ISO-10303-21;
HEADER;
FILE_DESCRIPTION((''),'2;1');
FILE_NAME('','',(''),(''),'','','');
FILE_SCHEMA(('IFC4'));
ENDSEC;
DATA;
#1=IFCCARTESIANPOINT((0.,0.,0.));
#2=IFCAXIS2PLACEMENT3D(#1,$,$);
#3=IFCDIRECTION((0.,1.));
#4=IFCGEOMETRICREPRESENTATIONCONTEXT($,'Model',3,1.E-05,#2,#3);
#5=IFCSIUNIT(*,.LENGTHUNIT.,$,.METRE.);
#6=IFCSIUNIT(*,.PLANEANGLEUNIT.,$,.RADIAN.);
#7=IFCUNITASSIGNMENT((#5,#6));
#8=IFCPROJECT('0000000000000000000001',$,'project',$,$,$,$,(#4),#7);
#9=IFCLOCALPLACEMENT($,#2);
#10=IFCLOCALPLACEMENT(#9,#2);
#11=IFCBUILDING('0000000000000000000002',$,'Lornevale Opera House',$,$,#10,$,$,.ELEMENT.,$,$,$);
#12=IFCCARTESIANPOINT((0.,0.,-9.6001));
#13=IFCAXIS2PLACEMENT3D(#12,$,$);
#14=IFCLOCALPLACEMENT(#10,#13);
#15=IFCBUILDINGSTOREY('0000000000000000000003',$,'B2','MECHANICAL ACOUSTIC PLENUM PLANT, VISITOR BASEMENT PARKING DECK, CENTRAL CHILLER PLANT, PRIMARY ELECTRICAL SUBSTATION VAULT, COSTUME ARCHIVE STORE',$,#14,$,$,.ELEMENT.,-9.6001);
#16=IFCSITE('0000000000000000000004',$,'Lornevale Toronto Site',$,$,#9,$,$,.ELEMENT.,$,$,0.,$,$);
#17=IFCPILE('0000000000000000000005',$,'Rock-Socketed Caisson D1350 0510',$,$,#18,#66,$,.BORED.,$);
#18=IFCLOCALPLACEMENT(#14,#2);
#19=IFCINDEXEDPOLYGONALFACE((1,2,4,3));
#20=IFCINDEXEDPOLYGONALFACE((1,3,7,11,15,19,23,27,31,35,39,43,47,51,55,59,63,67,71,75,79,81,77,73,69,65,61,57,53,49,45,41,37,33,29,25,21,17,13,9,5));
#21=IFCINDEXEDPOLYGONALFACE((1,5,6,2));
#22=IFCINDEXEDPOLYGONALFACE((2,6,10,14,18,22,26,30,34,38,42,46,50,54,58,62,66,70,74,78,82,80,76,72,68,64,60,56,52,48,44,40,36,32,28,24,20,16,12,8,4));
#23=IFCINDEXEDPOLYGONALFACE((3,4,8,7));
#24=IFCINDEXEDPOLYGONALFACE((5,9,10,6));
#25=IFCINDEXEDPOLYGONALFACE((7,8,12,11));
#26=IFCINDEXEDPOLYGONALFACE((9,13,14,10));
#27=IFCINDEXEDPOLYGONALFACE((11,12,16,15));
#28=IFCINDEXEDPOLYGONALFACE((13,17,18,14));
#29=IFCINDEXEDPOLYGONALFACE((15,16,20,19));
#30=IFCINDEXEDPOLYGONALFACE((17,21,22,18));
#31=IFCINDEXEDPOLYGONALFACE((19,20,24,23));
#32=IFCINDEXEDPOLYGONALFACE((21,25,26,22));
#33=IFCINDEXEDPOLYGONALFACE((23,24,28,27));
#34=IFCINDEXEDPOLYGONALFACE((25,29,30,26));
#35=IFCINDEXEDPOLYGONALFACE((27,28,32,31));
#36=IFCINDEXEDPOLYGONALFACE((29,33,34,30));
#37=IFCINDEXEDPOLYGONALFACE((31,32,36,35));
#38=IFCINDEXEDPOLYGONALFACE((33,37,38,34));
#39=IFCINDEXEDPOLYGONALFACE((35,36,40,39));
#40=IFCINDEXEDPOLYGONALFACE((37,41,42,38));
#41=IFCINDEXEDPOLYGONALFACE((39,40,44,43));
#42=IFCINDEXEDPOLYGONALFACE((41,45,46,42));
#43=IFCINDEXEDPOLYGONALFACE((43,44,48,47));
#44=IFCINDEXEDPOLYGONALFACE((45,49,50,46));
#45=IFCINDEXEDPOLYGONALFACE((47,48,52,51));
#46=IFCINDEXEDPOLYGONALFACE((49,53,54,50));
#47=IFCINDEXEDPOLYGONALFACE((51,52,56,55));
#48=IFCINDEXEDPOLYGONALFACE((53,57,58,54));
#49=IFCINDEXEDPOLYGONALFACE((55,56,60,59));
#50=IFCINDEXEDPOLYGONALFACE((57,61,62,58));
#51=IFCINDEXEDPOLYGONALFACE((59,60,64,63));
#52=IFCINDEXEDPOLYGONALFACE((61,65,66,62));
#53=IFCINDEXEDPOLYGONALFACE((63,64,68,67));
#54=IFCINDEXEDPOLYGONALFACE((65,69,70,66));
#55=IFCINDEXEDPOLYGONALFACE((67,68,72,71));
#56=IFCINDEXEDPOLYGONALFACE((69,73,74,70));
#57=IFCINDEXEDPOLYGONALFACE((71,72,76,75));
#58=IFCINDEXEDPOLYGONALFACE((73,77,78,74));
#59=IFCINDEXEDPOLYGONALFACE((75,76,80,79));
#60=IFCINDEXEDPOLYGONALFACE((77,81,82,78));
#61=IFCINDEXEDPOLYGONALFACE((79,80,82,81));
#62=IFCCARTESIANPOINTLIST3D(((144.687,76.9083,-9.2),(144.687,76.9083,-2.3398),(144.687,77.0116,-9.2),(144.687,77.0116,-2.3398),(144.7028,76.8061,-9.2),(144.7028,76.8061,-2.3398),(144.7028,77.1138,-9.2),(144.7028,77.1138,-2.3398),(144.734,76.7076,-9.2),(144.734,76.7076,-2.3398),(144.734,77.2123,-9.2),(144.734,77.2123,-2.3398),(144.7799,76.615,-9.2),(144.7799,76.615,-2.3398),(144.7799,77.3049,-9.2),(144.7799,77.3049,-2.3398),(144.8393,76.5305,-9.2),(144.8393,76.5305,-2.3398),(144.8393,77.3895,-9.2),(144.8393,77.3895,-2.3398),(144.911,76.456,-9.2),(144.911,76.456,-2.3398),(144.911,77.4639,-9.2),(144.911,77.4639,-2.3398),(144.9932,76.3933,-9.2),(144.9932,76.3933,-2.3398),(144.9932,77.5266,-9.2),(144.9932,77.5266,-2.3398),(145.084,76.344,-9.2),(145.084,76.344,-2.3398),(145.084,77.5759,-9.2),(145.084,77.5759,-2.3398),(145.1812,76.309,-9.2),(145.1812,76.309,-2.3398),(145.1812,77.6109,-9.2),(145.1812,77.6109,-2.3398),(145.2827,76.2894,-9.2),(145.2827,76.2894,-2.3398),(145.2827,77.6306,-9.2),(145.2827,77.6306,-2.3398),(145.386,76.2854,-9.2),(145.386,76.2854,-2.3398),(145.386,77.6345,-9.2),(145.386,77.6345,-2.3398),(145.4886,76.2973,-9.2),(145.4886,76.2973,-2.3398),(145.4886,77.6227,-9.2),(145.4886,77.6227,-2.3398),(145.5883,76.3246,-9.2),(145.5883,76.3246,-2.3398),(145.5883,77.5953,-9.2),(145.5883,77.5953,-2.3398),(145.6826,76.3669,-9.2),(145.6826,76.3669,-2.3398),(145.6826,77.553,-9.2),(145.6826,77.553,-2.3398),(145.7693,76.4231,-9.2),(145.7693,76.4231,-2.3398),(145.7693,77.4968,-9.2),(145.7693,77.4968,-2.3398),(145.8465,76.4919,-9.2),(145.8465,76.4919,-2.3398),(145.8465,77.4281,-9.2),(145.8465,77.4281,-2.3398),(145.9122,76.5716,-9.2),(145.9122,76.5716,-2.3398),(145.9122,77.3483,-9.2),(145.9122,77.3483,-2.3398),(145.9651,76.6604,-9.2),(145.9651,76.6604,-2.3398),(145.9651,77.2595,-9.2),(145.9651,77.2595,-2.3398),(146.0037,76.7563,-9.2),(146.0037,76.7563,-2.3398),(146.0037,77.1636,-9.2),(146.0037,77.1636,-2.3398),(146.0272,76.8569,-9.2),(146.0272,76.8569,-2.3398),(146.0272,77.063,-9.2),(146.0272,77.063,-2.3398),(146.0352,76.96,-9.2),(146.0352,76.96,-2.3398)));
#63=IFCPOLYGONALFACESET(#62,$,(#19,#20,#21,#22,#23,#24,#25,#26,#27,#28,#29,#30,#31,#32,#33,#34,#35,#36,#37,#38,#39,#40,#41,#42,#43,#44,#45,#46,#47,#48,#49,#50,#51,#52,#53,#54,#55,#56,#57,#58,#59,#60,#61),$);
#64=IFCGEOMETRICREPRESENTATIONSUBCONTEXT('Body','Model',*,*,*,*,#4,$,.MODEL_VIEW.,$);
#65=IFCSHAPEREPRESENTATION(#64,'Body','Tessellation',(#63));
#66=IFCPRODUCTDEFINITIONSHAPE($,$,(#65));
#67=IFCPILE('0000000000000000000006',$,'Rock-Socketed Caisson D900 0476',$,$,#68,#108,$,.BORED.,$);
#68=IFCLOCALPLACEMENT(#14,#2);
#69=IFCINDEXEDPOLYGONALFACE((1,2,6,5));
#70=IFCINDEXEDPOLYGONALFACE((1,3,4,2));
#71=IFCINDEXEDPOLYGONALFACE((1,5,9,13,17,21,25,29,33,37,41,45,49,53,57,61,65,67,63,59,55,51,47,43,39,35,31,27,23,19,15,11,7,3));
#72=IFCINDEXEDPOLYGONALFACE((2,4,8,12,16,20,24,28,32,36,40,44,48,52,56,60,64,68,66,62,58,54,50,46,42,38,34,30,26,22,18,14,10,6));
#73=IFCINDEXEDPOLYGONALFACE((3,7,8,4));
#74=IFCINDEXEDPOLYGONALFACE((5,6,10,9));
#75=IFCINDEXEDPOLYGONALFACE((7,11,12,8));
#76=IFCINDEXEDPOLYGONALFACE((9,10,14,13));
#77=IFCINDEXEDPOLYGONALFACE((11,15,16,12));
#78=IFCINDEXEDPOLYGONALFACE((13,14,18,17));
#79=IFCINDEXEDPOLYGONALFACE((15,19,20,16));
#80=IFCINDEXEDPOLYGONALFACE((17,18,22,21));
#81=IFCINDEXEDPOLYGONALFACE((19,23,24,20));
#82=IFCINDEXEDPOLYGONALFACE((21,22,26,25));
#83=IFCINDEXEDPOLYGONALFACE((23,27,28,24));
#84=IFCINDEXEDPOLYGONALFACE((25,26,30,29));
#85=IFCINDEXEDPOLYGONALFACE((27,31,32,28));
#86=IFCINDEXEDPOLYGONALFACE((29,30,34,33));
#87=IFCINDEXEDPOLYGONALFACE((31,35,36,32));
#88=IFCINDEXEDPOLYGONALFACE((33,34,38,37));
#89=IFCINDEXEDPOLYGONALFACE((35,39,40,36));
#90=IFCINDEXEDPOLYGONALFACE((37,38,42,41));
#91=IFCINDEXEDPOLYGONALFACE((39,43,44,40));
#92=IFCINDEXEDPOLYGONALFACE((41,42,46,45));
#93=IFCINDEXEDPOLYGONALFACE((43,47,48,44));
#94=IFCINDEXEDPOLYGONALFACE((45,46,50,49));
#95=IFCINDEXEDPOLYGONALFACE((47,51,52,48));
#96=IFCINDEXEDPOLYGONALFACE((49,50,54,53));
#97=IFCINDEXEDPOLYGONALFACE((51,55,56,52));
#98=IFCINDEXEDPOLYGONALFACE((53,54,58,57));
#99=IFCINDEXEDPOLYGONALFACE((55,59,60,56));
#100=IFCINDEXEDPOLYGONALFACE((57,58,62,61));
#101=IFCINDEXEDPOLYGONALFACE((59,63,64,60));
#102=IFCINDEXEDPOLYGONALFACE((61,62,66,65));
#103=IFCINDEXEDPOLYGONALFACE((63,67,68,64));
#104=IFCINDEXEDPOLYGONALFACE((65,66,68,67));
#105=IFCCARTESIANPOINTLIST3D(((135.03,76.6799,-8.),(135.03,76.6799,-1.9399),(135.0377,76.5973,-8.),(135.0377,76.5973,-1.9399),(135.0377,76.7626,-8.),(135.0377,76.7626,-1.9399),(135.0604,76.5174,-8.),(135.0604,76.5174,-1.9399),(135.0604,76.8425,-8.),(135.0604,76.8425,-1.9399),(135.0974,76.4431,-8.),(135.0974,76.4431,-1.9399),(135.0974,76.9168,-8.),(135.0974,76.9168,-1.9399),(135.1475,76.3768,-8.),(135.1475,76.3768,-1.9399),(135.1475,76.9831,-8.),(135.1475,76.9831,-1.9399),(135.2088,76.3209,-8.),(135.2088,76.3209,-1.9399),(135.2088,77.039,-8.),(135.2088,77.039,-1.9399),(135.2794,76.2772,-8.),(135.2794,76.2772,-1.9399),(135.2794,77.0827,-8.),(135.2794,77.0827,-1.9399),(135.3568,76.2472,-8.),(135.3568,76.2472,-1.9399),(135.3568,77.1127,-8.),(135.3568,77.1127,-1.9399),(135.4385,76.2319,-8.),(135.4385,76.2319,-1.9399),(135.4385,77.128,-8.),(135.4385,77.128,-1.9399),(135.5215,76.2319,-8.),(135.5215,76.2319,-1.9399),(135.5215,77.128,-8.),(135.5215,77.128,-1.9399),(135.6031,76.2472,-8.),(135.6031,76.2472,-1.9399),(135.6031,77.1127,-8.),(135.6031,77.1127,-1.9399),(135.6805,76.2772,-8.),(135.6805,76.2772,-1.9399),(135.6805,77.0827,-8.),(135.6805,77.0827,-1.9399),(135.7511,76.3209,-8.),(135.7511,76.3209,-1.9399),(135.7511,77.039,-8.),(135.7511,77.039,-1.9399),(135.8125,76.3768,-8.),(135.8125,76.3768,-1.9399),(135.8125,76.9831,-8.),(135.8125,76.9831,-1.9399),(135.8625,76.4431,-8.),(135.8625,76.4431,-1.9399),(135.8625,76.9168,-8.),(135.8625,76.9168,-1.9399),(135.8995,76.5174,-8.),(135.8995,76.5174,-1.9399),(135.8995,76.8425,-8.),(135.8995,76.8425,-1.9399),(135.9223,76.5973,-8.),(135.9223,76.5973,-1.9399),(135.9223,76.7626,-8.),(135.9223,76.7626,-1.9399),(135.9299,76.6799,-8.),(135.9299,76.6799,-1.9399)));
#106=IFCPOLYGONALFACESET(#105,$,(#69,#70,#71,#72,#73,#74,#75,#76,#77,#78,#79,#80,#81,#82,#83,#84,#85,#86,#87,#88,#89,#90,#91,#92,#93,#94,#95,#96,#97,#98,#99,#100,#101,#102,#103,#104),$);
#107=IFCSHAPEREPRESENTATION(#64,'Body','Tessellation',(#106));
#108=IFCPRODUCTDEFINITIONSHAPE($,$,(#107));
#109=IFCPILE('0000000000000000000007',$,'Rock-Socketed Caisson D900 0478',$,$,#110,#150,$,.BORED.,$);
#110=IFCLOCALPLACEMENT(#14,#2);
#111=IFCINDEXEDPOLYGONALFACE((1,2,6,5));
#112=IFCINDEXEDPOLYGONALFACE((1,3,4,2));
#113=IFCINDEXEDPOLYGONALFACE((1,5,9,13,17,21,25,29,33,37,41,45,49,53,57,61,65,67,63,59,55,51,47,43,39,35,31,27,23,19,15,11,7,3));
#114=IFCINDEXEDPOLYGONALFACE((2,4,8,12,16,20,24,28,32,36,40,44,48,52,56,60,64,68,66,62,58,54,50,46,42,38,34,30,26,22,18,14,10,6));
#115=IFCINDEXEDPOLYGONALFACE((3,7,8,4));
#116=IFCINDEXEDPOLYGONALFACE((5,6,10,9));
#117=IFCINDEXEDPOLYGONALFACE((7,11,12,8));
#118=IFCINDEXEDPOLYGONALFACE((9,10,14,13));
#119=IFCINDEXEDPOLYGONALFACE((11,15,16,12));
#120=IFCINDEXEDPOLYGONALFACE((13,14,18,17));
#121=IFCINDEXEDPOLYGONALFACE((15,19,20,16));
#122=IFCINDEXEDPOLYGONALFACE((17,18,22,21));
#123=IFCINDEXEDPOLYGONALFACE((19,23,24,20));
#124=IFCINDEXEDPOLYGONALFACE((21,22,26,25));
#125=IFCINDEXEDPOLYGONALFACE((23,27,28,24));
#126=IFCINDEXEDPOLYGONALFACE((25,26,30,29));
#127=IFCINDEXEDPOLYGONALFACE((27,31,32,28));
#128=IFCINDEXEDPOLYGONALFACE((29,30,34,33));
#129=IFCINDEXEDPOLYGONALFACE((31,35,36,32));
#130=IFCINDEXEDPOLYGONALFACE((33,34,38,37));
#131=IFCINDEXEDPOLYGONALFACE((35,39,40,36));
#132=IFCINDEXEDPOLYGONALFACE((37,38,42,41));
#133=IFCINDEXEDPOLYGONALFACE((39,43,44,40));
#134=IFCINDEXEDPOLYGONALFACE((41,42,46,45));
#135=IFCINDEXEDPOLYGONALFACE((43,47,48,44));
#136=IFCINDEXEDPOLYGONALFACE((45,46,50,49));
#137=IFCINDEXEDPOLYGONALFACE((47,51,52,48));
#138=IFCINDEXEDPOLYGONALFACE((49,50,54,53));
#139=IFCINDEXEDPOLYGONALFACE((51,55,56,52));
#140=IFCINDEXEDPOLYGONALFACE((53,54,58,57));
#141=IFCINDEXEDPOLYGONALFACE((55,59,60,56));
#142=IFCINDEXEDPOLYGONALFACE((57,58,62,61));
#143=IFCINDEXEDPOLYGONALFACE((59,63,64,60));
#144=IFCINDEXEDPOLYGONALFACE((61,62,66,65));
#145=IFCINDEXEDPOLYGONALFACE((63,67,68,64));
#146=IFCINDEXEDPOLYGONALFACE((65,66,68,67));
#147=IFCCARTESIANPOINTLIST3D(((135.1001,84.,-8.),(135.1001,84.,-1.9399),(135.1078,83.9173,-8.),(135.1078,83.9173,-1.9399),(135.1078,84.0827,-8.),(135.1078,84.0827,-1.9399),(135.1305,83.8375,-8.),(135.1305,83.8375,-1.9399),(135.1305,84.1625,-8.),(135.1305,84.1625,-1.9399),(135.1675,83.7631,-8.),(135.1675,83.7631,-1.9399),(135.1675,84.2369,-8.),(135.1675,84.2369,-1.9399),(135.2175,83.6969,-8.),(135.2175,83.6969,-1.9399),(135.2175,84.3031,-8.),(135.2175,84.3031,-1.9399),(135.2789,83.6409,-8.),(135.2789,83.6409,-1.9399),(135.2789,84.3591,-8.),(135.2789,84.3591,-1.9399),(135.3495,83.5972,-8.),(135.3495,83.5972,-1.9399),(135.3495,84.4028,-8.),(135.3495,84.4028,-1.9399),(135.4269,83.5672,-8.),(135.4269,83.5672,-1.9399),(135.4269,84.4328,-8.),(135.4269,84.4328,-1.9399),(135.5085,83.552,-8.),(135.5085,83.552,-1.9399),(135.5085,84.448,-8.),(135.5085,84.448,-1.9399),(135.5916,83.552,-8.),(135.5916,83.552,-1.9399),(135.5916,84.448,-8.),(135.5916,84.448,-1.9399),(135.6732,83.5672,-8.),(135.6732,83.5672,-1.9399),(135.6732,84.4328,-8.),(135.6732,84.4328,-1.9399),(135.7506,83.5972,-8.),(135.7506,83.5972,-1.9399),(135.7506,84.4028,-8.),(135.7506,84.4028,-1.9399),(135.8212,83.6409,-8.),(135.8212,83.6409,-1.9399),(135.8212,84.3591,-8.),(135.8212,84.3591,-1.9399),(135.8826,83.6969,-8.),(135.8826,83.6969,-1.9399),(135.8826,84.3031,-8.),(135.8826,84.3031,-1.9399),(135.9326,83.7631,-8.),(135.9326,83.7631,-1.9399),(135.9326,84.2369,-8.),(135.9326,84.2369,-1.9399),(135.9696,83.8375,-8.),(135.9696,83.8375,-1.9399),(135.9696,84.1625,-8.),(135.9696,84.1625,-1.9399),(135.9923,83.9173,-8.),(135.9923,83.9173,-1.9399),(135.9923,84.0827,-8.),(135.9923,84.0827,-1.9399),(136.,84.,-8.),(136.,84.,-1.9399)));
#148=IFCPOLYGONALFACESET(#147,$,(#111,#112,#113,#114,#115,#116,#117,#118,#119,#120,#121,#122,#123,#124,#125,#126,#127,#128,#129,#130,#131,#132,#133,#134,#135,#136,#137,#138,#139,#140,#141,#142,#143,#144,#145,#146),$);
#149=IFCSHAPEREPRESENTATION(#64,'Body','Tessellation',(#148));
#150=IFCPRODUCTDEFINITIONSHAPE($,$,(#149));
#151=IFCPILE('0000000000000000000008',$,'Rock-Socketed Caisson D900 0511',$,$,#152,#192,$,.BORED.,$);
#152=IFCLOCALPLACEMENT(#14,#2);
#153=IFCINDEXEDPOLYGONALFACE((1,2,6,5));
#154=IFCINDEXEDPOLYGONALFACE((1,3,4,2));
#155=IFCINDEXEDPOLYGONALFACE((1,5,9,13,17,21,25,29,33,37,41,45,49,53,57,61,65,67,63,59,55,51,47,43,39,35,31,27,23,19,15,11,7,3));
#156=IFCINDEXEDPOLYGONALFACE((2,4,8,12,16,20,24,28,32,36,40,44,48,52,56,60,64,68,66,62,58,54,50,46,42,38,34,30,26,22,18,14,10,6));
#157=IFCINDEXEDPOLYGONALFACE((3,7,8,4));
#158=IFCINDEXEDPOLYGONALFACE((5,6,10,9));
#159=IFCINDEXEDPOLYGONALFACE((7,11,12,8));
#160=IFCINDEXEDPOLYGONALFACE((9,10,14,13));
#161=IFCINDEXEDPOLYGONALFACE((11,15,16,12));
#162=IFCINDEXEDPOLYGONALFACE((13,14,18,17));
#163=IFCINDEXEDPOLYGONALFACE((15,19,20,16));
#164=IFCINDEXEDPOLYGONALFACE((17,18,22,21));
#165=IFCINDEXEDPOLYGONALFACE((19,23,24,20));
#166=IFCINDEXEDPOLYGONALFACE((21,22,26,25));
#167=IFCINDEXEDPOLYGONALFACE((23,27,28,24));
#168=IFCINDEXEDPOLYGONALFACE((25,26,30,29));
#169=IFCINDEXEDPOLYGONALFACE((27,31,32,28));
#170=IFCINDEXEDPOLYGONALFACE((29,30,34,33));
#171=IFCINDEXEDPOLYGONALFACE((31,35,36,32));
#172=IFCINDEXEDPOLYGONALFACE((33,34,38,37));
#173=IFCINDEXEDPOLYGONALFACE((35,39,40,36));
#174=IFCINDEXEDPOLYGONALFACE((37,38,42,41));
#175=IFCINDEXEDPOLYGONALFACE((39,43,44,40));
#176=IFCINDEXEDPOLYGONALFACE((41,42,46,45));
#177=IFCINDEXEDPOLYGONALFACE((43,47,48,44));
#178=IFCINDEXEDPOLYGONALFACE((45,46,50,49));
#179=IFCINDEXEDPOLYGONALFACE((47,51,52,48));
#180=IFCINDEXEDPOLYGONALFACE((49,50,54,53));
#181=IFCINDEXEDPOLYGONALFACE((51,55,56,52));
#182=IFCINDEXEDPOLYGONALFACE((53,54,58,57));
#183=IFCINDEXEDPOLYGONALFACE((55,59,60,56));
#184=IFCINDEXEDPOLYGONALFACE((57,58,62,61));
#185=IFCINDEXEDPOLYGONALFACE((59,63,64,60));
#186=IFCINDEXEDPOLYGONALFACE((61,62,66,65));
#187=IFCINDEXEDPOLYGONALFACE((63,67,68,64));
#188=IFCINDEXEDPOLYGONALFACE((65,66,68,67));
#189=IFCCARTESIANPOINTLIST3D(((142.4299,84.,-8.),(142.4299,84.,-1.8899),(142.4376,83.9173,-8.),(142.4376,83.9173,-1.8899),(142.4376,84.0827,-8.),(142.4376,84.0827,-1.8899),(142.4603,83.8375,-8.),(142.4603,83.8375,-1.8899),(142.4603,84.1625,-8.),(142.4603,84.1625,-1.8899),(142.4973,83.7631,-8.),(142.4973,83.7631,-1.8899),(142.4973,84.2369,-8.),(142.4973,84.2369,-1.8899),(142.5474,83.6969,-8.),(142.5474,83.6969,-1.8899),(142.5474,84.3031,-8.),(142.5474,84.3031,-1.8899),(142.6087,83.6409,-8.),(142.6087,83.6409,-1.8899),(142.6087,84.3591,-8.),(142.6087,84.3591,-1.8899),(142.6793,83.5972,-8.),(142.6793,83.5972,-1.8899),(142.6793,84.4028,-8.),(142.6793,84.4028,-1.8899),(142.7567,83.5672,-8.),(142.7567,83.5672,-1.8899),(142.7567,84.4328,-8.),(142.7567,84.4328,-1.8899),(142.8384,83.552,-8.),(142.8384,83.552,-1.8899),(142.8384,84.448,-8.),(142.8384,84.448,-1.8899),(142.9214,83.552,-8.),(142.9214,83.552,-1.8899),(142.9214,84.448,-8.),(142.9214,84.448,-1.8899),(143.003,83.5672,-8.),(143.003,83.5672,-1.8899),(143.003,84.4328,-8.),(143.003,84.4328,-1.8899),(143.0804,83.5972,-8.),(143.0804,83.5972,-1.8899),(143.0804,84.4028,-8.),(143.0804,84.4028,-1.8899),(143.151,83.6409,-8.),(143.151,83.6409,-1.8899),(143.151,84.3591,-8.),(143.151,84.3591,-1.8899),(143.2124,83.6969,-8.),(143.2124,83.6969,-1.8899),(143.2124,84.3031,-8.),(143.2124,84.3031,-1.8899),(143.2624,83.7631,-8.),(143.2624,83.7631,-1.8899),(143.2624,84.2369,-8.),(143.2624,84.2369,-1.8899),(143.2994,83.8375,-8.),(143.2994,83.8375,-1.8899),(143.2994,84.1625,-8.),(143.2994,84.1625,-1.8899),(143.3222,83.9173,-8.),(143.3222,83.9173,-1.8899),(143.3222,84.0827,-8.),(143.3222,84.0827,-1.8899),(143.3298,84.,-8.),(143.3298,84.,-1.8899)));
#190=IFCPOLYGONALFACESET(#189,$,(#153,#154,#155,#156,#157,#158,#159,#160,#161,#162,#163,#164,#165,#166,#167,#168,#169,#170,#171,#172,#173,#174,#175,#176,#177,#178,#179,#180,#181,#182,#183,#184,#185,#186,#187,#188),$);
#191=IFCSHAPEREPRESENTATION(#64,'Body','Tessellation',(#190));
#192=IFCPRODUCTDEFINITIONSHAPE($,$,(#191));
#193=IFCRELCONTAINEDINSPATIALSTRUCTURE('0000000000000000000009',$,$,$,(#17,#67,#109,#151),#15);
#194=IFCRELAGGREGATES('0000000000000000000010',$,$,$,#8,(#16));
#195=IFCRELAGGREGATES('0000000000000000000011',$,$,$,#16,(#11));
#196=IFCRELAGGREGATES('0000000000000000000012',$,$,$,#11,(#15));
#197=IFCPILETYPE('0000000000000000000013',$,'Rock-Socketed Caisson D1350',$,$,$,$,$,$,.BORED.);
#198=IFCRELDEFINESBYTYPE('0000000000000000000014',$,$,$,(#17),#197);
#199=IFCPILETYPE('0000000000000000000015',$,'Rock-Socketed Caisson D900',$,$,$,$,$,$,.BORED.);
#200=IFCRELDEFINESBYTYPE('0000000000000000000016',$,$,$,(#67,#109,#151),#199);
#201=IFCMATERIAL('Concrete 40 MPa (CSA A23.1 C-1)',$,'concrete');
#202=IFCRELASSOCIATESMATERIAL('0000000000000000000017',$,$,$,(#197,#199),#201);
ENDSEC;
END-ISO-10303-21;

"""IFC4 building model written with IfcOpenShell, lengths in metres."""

from ifc_helpers import new_model, si_unit, direction, frame, origin, origin_2d, place, context, subcontext, project, spatial, circle, extrude, material, material_profile, profile_set, type_object, element, save


model = new_model("IFC4")

# Units and contexts
model_context = context("Model", 3, precision=1e-05, world=origin(), true_north=direction((0.0, 1.0)))
body_context = subcontext(model_context, "Body", "Model", "MODEL_VIEW")
ifc_project = project(units=[si_unit("LENGTHUNIT", "METRE"), si_unit("PLANEANGLEUNIT", "RADIAN")], contexts=[model_context])

# Site, building, storey
site_placement = place(None, origin())
site = spatial("IfcSite", under=ifc_project, at=site_placement, Name="Lornevale Toronto Site", CompositionType="ELEMENT", RefElevation=0.0)
building_placement = place(site_placement, origin())
building = spatial("IfcBuilding", under=site, at=building_placement, Name="Lornevale Opera House", CompositionType="ELEMENT")
storey_placement = place(building_placement, frame((0.0, 0.0, -9.6001)))
storey = spatial("IfcBuildingStorey", under=building, at=storey_placement, Name="B2", Description="MECHANICAL ACOUSTIC PLENUM PLANT, VISITOR BASEMENT PARKING DECK, CENTRAL CHILLER PLANT, PRIMARY ELECTRICAL SUBSTATION VAULT, COSTUME ARCHIVE STORE", CompositionType="ELEMENT", Elevation=-9.6001)

# Piles
ifc_material_1 = material(Name="Concrete 40 MPa (CSA A23.1 C-1)", Category="concrete")
ifc_material_profile_1 = material_profile(ifc_material_1, circle(Radius=0.675, at=origin_2d()), Name="CAIS1350")
ifc_profile_set_1 = profile_set([ifc_material_profile_1], Name="Concrete 40 MPa (CSA A23.1 C-1)")
pile_type_1 = type_object("IfcPileType", Name="Rock-Socketed Caisson D1350", PredefinedType="BORED", material=ifc_profile_set_1)
for number, where, z_axis, x_axis, name in (
    (1, (145.3601, 76.96, -2.3398), (0.0, 0.0, -1.0), (1.0, 0.0, 0.0), "Rock-Socketed Caisson D1350 0510"),
):
    element("IfcPile", number, at=place(storey_placement, frame(where, z_axis=z_axis, x_axis=x_axis)), inside=storey, type_object=pile_type_1, Name=name, PredefinedType="BORED", context=body_context, shape_type="SweptSolid", body=[
        extrude(circle(Radius=0.675, at=origin_2d()), origin(), (0.0, 0.0, 1.0), 6.8601),
    ])
ifc_material_profile_2 = material_profile(ifc_material_1, circle(Radius=0.45, at=origin_2d()), Name="CAIS900")
ifc_profile_set_2 = profile_set([ifc_material_profile_2], Name="Concrete 40 MPa (CSA A23.1 C-1)")
pile_type_2 = type_object("IfcPileType", Name="Rock-Socketed Caisson D900", PredefinedType="BORED", material=ifc_profile_set_2)
for number, where, z_axis, x_axis, name in (
    (2, (135.48, 76.6799, -1.9399), (0.0, 0.0, -1.0), (1.0, 0.0, 0.0), "Rock-Socketed Caisson D900 0476"),
    (3, (135.55, 84.0, -1.9399), (0.0, 0.0, -1.0), (1.0, 0.0, 0.0), "Rock-Socketed Caisson D900 0478"),
):
    element("IfcPile", number, at=place(storey_placement, frame(where, z_axis=z_axis, x_axis=x_axis)), inside=storey, type_object=pile_type_2, Name=name, PredefinedType="BORED", context=body_context, shape_type="SweptSolid", body=[
        extrude(circle(Radius=0.45, at=origin_2d()), origin(), (0.0, 0.0, 1.0), 6.0601),
    ])
for number, where, z_axis, x_axis, name in (
    (4, (142.8799, 84.0, -1.8899), (0.0, 0.0, -1.0), (1.0, 0.0, 0.0), "Rock-Socketed Caisson D900 0511"),
):
    element("IfcPile", number, at=place(storey_placement, frame(where, z_axis=z_axis, x_axis=x_axis)), inside=storey, type_object=pile_type_2, Name=name, PredefinedType="BORED", context=body_context, shape_type="SweptSolid", body=[
        extrude(circle(Radius=0.45, at=origin_2d()), origin(), (0.0, 0.0, 1.0), 6.1101),
    ])

save(model, "model.ifc")
